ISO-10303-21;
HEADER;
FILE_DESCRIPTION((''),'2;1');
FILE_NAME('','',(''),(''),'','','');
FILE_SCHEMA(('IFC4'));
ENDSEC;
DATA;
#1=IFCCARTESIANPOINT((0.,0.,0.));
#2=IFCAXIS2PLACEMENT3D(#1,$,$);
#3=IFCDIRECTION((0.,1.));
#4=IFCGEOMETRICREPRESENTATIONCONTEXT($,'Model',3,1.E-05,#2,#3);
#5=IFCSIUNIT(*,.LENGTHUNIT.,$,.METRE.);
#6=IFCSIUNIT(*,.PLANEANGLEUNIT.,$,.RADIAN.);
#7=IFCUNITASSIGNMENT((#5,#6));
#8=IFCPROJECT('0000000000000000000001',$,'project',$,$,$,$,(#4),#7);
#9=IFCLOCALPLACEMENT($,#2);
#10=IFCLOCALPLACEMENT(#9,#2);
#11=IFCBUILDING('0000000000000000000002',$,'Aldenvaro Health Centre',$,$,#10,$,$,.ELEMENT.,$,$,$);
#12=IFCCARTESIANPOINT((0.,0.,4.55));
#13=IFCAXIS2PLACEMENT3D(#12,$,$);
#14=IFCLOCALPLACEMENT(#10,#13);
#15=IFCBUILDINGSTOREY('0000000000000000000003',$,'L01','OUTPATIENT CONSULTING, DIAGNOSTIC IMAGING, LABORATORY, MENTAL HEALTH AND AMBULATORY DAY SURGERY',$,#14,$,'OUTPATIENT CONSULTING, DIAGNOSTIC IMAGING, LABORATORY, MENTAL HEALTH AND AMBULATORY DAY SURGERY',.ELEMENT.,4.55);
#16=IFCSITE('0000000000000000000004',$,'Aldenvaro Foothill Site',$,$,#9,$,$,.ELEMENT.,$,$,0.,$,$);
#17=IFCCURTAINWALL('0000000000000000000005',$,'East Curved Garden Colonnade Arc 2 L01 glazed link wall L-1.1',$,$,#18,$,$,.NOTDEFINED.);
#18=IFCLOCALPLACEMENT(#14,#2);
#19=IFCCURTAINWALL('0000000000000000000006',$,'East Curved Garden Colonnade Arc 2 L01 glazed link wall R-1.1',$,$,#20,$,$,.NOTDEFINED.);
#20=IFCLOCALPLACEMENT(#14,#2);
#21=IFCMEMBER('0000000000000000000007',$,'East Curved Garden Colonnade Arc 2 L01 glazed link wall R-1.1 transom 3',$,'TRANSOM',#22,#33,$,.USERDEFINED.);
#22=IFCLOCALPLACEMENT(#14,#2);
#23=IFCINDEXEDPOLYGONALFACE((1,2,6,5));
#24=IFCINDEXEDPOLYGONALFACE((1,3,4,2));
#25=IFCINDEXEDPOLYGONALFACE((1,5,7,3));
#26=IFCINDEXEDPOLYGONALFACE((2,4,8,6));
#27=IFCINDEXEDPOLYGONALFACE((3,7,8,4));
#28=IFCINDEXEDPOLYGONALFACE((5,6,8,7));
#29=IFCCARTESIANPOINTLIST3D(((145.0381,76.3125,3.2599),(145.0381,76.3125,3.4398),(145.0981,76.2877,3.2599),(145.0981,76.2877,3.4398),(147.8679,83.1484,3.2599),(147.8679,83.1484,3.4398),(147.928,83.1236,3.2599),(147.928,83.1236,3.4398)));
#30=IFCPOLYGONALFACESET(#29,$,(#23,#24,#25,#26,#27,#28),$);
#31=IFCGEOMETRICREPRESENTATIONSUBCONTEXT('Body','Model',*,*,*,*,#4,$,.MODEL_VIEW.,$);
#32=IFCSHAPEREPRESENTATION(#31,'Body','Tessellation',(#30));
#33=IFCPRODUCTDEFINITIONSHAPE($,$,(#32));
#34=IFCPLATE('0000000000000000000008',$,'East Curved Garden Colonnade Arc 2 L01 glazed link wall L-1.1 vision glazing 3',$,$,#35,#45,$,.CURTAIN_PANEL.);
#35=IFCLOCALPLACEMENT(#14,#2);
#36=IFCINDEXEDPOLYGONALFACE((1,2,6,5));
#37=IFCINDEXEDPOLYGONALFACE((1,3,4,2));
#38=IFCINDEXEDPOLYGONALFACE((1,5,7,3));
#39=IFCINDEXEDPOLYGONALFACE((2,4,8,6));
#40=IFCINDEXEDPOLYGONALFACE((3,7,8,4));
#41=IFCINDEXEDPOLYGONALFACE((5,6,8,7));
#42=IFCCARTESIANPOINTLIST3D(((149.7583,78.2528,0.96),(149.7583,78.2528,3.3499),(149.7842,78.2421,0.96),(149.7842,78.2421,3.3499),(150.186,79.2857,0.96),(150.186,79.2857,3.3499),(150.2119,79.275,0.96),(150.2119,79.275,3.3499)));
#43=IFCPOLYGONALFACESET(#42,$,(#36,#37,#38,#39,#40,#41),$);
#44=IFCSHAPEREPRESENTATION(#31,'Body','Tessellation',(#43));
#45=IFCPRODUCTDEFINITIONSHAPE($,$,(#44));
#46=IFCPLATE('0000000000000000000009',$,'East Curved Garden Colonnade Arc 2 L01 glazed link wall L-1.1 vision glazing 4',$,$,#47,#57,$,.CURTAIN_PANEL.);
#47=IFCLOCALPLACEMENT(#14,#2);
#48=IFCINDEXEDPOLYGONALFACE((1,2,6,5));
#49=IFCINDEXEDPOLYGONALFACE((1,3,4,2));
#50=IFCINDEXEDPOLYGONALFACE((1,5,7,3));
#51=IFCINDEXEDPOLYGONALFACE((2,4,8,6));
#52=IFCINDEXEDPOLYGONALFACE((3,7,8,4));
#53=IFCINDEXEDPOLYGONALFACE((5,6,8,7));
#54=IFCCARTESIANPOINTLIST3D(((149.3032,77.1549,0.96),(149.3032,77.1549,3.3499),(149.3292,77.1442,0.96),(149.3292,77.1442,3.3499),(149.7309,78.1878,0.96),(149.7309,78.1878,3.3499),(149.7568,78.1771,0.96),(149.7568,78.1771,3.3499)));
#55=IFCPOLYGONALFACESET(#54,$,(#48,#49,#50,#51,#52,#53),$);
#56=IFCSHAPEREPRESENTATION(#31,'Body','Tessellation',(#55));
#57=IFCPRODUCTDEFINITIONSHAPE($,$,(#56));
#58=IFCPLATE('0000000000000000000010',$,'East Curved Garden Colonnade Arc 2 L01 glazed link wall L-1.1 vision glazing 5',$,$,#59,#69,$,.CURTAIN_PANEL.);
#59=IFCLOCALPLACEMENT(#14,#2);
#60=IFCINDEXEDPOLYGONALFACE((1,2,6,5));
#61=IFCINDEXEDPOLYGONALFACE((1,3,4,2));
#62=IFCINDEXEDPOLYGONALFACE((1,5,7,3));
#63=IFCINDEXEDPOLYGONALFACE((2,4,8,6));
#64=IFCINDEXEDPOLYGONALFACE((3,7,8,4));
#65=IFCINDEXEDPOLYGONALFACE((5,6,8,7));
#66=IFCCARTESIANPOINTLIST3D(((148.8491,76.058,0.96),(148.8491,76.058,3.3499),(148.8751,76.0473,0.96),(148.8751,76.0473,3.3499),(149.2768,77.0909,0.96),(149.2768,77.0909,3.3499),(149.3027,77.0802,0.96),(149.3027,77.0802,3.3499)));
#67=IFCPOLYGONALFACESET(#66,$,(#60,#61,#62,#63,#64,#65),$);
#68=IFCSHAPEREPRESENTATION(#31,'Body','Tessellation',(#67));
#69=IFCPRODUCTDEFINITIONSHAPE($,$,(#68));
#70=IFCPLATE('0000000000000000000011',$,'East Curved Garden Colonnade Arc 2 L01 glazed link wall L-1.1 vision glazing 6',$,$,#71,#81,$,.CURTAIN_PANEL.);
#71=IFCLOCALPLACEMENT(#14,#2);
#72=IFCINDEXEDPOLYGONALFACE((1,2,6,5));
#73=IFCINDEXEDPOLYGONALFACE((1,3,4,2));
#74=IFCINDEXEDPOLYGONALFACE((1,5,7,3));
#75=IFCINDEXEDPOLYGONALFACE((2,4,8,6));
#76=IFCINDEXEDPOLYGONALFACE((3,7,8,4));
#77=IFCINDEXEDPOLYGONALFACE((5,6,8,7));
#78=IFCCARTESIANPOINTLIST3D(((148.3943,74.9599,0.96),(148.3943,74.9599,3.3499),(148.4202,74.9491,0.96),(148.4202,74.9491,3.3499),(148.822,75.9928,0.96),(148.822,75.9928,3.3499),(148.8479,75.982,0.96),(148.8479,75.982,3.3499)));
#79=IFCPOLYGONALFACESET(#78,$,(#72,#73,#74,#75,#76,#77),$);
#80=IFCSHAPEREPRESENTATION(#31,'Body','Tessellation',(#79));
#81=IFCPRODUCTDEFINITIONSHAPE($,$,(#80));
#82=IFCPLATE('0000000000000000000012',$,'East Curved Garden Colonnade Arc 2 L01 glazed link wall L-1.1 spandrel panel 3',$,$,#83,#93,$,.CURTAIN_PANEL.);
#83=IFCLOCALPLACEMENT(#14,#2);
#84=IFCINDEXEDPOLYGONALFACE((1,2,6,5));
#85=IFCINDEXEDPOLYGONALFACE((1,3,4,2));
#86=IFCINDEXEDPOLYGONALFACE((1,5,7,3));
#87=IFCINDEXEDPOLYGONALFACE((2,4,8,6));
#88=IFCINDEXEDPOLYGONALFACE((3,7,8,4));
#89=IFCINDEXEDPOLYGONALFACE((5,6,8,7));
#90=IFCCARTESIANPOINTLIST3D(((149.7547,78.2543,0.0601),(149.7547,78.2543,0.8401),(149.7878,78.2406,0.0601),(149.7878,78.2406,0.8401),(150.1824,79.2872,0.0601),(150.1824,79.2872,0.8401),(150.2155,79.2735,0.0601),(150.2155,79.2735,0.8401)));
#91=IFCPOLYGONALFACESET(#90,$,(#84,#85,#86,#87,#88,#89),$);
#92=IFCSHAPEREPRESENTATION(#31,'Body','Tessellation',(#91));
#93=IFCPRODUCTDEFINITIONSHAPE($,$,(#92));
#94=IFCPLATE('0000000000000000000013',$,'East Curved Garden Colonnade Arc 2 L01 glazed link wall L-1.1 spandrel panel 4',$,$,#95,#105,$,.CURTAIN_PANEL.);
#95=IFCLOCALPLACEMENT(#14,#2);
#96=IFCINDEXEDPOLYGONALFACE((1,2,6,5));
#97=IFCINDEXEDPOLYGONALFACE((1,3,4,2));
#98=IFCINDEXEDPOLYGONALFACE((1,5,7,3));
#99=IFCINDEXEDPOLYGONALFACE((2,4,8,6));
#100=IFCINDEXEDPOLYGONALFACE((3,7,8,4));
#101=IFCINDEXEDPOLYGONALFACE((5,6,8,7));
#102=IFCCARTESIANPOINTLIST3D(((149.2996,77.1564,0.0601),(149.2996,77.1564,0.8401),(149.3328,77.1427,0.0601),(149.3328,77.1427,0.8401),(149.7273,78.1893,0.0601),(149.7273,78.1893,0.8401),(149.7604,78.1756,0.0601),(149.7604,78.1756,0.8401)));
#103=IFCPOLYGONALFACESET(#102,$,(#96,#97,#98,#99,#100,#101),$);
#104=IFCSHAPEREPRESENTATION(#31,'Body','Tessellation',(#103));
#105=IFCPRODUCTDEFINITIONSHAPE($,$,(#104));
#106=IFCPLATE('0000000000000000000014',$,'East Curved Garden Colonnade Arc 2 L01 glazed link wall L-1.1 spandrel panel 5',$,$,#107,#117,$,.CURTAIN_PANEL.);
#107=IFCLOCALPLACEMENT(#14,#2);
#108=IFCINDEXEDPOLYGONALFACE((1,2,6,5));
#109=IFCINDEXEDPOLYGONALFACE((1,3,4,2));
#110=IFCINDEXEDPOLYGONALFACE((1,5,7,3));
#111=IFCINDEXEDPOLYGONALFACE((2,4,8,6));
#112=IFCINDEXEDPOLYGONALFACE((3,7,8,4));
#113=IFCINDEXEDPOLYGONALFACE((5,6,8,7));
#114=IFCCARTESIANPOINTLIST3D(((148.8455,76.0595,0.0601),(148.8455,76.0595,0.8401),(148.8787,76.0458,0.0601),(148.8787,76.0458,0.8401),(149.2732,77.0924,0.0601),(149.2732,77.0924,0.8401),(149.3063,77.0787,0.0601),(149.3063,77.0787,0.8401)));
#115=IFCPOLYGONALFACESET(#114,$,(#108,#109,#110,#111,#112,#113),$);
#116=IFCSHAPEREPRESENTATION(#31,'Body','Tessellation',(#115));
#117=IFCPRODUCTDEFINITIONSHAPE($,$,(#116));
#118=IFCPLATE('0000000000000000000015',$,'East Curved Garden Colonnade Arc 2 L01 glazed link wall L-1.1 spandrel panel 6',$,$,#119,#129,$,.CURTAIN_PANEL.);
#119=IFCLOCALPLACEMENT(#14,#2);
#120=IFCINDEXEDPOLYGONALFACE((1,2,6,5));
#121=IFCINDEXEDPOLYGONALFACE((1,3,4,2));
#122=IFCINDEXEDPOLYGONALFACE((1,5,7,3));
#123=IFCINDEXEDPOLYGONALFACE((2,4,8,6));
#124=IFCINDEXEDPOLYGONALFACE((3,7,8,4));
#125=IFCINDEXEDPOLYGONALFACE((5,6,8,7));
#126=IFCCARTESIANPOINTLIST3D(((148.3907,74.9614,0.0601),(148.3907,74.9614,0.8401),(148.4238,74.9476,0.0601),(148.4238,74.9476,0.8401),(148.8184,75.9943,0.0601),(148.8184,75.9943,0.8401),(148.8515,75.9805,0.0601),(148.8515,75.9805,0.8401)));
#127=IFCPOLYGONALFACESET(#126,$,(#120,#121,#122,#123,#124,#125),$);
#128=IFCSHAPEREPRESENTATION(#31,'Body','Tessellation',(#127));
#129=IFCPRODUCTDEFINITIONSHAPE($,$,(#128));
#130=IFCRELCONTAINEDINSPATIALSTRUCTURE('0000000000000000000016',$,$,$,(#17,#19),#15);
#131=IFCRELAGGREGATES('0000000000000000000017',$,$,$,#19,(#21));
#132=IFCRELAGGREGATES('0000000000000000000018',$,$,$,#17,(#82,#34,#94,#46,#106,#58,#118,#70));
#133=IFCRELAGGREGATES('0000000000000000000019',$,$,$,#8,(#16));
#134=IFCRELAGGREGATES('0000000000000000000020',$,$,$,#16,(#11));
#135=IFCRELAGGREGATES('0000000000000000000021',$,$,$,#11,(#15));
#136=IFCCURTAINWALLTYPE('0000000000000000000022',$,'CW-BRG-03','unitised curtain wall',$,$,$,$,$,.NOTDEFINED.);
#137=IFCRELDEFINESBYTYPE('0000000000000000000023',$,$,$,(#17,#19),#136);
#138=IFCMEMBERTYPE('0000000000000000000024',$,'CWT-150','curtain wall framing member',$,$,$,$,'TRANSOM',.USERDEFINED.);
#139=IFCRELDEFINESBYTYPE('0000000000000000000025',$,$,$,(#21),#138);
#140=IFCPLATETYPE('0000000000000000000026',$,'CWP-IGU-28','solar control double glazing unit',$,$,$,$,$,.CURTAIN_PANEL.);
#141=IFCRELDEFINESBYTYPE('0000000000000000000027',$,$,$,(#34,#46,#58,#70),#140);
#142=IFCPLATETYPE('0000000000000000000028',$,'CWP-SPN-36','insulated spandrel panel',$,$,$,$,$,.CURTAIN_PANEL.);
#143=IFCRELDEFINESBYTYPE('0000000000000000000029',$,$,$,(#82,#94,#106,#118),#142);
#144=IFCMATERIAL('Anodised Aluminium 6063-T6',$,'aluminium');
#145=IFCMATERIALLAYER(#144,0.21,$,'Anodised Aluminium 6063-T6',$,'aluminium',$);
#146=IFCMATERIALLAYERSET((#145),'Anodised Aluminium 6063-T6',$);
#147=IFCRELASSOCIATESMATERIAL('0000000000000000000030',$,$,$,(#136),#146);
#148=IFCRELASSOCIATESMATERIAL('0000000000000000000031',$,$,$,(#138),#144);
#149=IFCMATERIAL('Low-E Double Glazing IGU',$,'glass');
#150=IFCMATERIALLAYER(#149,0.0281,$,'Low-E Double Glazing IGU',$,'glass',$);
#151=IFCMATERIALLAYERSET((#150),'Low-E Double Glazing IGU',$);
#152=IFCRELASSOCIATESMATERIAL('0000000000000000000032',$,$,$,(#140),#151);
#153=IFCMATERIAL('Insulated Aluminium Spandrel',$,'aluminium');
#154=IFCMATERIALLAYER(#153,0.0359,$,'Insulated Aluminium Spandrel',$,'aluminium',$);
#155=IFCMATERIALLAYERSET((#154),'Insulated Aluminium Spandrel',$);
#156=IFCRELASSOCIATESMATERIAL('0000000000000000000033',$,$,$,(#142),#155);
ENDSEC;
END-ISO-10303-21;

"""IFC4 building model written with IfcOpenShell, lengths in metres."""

from ifc_helpers import new_model, si_unit, direction, frame, origin, origin_2d, place, context, subcontext, project, spatial, rectangle, extrude, material, layer, layer_set, material_profile, profile_set, type_object, element, aggregate, save


model = new_model("IFC4")

# Units and contexts
model_context = context("Model", 3, precision=1e-05, world=origin(), true_north=direction((0.0, 1.0)))
body_context = subcontext(model_context, "Body", "Model", "MODEL_VIEW")
ifc_project = project(units=[si_unit("LENGTHUNIT", "METRE"), si_unit("PLANEANGLEUNIT", "RADIAN")], contexts=[model_context])

# Site, building, storey
site_placement = place(None, origin())
site = spatial("IfcSite", under=ifc_project, at=site_placement, Name="Aldenvaro Foothill Site", CompositionType="ELEMENT", RefElevation=0.0)
building_placement = place(site_placement, origin())
building = spatial("IfcBuilding", under=site, at=building_placement, Name="Aldenvaro Health Centre", CompositionType="ELEMENT")
storey_placement = place(building_placement, frame((0.0, 0.0, 4.55)))
storey = spatial("IfcBuildingStorey", under=building, at=storey_placement, Name="L01", Description="OUTPATIENT CONSULTING, DIAGNOSTIC IMAGING, LABORATORY, MENTAL HEALTH AND AMBULATORY DAY SURGERY", LongName="OUTPATIENT CONSULTING, DIAGNOSTIC IMAGING, LABORATORY, MENTAL HEALTH AND AMBULATORY DAY SURGERY", CompositionType="ELEMENT", Elevation=4.55)

# Curtain walls, member
ifc_material_1 = material(Name="Anodised Aluminium 6063-T6", Category="aluminium")
ifc_layer_1 = layer(ifc_material_1, 0.21, Name="Anodised Aluminium 6063-T6", Category="aluminium")
ifc_layer_set_1 = layer_set([ifc_layer_1], Name="Anodised Aluminium 6063-T6")
curtain_wall_type = type_object("IfcCurtainWallType", Name="CW-BRG-03", Description="unitised curtain wall", PredefinedType="NOTDEFINED", material=ifc_layer_set_1)
curtain_wall_1_placement = place(storey_placement, origin())
curtain_wall_1 = element("IfcCurtainWall", 1, at=curtain_wall_1_placement, inside=storey, type_object=curtain_wall_type, Name="East Curved Garden Colonnade Arc 2 L01 glazed link wall L-1.1", PredefinedType="NOTDEFINED")
curtain_wall_2_placement = place(storey_placement, origin())
curtain_wall_2 = element("IfcCurtainWall", 2, at=curtain_wall_2_placement, inside=storey, type_object=curtain_wall_type, Name="East Curved Garden Colonnade Arc 2 L01 glazed link wall R-1.1", PredefinedType="NOTDEFINED")
ifc_material_profile_1 = material_profile(ifc_material_1, rectangle(XDim=0.0649, YDim=0.1799, at=origin_2d()), Name="ALU 65x180", Category="aluminium")
ifc_profile_set_1 = profile_set([ifc_material_profile_1], Name="Anodised Aluminium 6063-T6")
member_type_1 = type_object("IfcMemberType", Name="CWT-150", Description="curtain wall framing member", ElementType="TRANSOM", PredefinedType="USERDEFINED", material=ifc_profile_set_1)
member_1_placement = place(storey_placement, frame((147.8979, 83.136, 3.3499), z_axis=(-0.382487, -0.923961, 0.0), x_axis=(0.923961, -0.382487, 0.0)))
member_1 = element("IfcMember", 3, at=member_1_placement, type_object=member_type_1, Name="East Curved Garden Colonnade Arc 2 L01 glazed link wall R-1.1 transom 3", ObjectType="TRANSOM", PredefinedType="USERDEFINED", context=body_context, shape_type="SweptSolid", body=[
    extrude(rectangle(XDim=0.0649, YDim=0.1799, at=origin_2d()), origin(), (0.0, 0.0, 1.0), 7.3984),
])
aggregate(curtain_wall_2, [member_1])

# Plates
ifc_material_2 = material(Name="Low-E Double Glazing IGU", Category="glass")
ifc_layer_2 = layer(ifc_material_2, 0.0281, Name="Low-E Double Glazing IGU", Category="glass")
ifc_layer_set_2 = layer_set([ifc_layer_2], Name="Low-E Double Glazing IGU")
plate_type_1 = type_object("IfcPlateType", Name="CWP-IGU-28", Description="solar control double glazing unit", PredefinedType="CURTAIN_PANEL", material=ifc_layer_set_2)
plate_1_placement = place(storey_placement, frame((149.9851, 78.7639, 0.96), z_axis=(0.0, 0.0, 1.0), x_axis=(-0.382562, -0.92393, 0.0)))
plate_1 = element("IfcPlate", 4, at=plate_1_placement, type_object=plate_type_1, Name="East Curved Garden Colonnade Arc 2 L01 glazed link wall L-1.1 vision glazing 3", PredefinedType="CURTAIN_PANEL", context=body_context, shape_type="SweptSolid", body=[
    extrude(rectangle(XDim=1.1179, YDim=0.0281, at=origin_2d()), origin(), (0.0, 0.0, 1.0), 2.3899),
])
plate_2_placement = place(storey_placement, frame((149.53, 77.666, 0.96), z_axis=(0.0, 0.0, 1.0), x_axis=(-0.382562, -0.92393, 0.0)))
plate_2 = element("IfcPlate", 5, at=plate_2_placement, type_object=plate_type_1, Name="East Curved Garden Colonnade Arc 2 L01 glazed link wall L-1.1 vision glazing 4", PredefinedType="CURTAIN_PANEL", context=body_context, shape_type="SweptSolid", body=[
    extrude(rectangle(XDim=1.1179, YDim=0.0281, at=origin_2d()), origin(), (0.0, 0.0, 1.0), 2.3899),
])
plate_3_placement = place(storey_placement, frame((149.0759, 76.5691, 0.96), z_axis=(0.0, 0.0, 1.0), x_axis=(-0.382562, -0.92393, 0.0)))
plate_3 = element("IfcPlate", 6, at=plate_3_placement, type_object=plate_type_1, Name="East Curved Garden Colonnade Arc 2 L01 glazed link wall L-1.1 vision glazing 5", PredefinedType="CURTAIN_PANEL", context=body_context, shape_type="SweptSolid", body=[
    extrude(rectangle(XDim=1.1179, YDim=0.0281, at=origin_2d()), origin(), (0.0, 0.0, 1.0), 2.3899),
])
plate_4_placement = place(storey_placement, frame((148.6211, 75.4709, 0.96), z_axis=(0.0, 0.0, 1.0), x_axis=(-0.382562, -0.92393, 0.0)))
plate_4 = element("IfcPlate", 7, at=plate_4_placement, type_object=plate_type_1, Name="East Curved Garden Colonnade Arc 2 L01 glazed link wall L-1.1 vision glazing 6", PredefinedType="CURTAIN_PANEL", context=body_context, shape_type="SweptSolid", body=[
    extrude(rectangle(XDim=1.1179, YDim=0.0281, at=origin_2d()), origin(), (0.0, 0.0, 1.0), 2.3899),
])
ifc_material_3 = material(Name="Insulated Aluminium Spandrel", Category="aluminium")
ifc_layer_3 = layer(ifc_material_3, 0.0359, Name="Insulated Aluminium Spandrel", Category="aluminium")
ifc_layer_set_3 = layer_set([ifc_layer_3], Name="Insulated Aluminium Spandrel")
plate_type_2 = type_object("IfcPlateType", Name="CWP-SPN-36", Description="insulated spandrel panel", PredefinedType="CURTAIN_PANEL", material=ifc_layer_set_3)
plate_5_placement = place(storey_placement, frame((149.9851, 78.7639, 0.0601), z_axis=(0.0, 0.0, 1.0), x_axis=(-0.382562, -0.92393, 0.0)))
plate_5 = element("IfcPlate", 8, at=plate_5_placement, type_object=plate_type_2, Name="East Curved Garden Colonnade Arc 2 L01 glazed link wall L-1.1 spandrel panel 3", PredefinedType="CURTAIN_PANEL", context=body_context, shape_type="SweptSolid", body=[
    extrude(rectangle(XDim=1.1179, YDim=0.0359, at=origin_2d()), origin(), (0.0, 0.0, 1.0), 0.78),
])
plate_6_placement = place(storey_placement, frame((149.53, 77.666, 0.0601), z_axis=(0.0, 0.0, 1.0), x_axis=(-0.382562, -0.92393, 0.0)))
plate_6 = element("IfcPlate", 9, at=plate_6_placement, type_object=plate_type_2, Name="East Curved Garden Colonnade Arc 2 L01 glazed link wall L-1.1 spandrel panel 4", PredefinedType="CURTAIN_PANEL", context=body_context, shape_type="SweptSolid", body=[
    extrude(rectangle(XDim=1.1179, YDim=0.0359, at=origin_2d()), origin(), (0.0, 0.0, 1.0), 0.78),
])
plate_7_placement = place(storey_placement, frame((149.0759, 76.5691, 0.0601), z_axis=(0.0, 0.0, 1.0), x_axis=(-0.382562, -0.92393, 0.0)))
plate_7 = element("IfcPlate", 10, at=plate_7_placement, type_object=plate_type_2, Name="East Curved Garden Colonnade Arc 2 L01 glazed link wall L-1.1 spandrel panel 5", PredefinedType="CURTAIN_PANEL", context=body_context, shape_type="SweptSolid", body=[
    extrude(rectangle(XDim=1.1179, YDim=0.0359, at=origin_2d()), origin(), (0.0, 0.0, 1.0), 0.78),
])
plate_8_placement = place(storey_placement, frame((148.6211, 75.4709, 0.0601), z_axis=(0.0, 0.0, 1.0), x_axis=(-0.382562, -0.92393, 0.0)))
plate_8 = element("IfcPlate", 11, at=plate_8_placement, type_object=plate_type_2, Name="East Curved Garden Colonnade Arc 2 L01 glazed link wall L-1.1 spandrel panel 6", PredefinedType="CURTAIN_PANEL", context=body_context, shape_type="SweptSolid", body=[
    extrude(rectangle(XDim=1.1179, YDim=0.0359, at=origin_2d()), origin(), (0.0, 0.0, 1.0), 0.78),
])
aggregate(curtain_wall_1, [plate_5, plate_1, plate_6, plate_2, plate_7, plate_3, plate_8, plate_4])

save(model, "model.ifc")
